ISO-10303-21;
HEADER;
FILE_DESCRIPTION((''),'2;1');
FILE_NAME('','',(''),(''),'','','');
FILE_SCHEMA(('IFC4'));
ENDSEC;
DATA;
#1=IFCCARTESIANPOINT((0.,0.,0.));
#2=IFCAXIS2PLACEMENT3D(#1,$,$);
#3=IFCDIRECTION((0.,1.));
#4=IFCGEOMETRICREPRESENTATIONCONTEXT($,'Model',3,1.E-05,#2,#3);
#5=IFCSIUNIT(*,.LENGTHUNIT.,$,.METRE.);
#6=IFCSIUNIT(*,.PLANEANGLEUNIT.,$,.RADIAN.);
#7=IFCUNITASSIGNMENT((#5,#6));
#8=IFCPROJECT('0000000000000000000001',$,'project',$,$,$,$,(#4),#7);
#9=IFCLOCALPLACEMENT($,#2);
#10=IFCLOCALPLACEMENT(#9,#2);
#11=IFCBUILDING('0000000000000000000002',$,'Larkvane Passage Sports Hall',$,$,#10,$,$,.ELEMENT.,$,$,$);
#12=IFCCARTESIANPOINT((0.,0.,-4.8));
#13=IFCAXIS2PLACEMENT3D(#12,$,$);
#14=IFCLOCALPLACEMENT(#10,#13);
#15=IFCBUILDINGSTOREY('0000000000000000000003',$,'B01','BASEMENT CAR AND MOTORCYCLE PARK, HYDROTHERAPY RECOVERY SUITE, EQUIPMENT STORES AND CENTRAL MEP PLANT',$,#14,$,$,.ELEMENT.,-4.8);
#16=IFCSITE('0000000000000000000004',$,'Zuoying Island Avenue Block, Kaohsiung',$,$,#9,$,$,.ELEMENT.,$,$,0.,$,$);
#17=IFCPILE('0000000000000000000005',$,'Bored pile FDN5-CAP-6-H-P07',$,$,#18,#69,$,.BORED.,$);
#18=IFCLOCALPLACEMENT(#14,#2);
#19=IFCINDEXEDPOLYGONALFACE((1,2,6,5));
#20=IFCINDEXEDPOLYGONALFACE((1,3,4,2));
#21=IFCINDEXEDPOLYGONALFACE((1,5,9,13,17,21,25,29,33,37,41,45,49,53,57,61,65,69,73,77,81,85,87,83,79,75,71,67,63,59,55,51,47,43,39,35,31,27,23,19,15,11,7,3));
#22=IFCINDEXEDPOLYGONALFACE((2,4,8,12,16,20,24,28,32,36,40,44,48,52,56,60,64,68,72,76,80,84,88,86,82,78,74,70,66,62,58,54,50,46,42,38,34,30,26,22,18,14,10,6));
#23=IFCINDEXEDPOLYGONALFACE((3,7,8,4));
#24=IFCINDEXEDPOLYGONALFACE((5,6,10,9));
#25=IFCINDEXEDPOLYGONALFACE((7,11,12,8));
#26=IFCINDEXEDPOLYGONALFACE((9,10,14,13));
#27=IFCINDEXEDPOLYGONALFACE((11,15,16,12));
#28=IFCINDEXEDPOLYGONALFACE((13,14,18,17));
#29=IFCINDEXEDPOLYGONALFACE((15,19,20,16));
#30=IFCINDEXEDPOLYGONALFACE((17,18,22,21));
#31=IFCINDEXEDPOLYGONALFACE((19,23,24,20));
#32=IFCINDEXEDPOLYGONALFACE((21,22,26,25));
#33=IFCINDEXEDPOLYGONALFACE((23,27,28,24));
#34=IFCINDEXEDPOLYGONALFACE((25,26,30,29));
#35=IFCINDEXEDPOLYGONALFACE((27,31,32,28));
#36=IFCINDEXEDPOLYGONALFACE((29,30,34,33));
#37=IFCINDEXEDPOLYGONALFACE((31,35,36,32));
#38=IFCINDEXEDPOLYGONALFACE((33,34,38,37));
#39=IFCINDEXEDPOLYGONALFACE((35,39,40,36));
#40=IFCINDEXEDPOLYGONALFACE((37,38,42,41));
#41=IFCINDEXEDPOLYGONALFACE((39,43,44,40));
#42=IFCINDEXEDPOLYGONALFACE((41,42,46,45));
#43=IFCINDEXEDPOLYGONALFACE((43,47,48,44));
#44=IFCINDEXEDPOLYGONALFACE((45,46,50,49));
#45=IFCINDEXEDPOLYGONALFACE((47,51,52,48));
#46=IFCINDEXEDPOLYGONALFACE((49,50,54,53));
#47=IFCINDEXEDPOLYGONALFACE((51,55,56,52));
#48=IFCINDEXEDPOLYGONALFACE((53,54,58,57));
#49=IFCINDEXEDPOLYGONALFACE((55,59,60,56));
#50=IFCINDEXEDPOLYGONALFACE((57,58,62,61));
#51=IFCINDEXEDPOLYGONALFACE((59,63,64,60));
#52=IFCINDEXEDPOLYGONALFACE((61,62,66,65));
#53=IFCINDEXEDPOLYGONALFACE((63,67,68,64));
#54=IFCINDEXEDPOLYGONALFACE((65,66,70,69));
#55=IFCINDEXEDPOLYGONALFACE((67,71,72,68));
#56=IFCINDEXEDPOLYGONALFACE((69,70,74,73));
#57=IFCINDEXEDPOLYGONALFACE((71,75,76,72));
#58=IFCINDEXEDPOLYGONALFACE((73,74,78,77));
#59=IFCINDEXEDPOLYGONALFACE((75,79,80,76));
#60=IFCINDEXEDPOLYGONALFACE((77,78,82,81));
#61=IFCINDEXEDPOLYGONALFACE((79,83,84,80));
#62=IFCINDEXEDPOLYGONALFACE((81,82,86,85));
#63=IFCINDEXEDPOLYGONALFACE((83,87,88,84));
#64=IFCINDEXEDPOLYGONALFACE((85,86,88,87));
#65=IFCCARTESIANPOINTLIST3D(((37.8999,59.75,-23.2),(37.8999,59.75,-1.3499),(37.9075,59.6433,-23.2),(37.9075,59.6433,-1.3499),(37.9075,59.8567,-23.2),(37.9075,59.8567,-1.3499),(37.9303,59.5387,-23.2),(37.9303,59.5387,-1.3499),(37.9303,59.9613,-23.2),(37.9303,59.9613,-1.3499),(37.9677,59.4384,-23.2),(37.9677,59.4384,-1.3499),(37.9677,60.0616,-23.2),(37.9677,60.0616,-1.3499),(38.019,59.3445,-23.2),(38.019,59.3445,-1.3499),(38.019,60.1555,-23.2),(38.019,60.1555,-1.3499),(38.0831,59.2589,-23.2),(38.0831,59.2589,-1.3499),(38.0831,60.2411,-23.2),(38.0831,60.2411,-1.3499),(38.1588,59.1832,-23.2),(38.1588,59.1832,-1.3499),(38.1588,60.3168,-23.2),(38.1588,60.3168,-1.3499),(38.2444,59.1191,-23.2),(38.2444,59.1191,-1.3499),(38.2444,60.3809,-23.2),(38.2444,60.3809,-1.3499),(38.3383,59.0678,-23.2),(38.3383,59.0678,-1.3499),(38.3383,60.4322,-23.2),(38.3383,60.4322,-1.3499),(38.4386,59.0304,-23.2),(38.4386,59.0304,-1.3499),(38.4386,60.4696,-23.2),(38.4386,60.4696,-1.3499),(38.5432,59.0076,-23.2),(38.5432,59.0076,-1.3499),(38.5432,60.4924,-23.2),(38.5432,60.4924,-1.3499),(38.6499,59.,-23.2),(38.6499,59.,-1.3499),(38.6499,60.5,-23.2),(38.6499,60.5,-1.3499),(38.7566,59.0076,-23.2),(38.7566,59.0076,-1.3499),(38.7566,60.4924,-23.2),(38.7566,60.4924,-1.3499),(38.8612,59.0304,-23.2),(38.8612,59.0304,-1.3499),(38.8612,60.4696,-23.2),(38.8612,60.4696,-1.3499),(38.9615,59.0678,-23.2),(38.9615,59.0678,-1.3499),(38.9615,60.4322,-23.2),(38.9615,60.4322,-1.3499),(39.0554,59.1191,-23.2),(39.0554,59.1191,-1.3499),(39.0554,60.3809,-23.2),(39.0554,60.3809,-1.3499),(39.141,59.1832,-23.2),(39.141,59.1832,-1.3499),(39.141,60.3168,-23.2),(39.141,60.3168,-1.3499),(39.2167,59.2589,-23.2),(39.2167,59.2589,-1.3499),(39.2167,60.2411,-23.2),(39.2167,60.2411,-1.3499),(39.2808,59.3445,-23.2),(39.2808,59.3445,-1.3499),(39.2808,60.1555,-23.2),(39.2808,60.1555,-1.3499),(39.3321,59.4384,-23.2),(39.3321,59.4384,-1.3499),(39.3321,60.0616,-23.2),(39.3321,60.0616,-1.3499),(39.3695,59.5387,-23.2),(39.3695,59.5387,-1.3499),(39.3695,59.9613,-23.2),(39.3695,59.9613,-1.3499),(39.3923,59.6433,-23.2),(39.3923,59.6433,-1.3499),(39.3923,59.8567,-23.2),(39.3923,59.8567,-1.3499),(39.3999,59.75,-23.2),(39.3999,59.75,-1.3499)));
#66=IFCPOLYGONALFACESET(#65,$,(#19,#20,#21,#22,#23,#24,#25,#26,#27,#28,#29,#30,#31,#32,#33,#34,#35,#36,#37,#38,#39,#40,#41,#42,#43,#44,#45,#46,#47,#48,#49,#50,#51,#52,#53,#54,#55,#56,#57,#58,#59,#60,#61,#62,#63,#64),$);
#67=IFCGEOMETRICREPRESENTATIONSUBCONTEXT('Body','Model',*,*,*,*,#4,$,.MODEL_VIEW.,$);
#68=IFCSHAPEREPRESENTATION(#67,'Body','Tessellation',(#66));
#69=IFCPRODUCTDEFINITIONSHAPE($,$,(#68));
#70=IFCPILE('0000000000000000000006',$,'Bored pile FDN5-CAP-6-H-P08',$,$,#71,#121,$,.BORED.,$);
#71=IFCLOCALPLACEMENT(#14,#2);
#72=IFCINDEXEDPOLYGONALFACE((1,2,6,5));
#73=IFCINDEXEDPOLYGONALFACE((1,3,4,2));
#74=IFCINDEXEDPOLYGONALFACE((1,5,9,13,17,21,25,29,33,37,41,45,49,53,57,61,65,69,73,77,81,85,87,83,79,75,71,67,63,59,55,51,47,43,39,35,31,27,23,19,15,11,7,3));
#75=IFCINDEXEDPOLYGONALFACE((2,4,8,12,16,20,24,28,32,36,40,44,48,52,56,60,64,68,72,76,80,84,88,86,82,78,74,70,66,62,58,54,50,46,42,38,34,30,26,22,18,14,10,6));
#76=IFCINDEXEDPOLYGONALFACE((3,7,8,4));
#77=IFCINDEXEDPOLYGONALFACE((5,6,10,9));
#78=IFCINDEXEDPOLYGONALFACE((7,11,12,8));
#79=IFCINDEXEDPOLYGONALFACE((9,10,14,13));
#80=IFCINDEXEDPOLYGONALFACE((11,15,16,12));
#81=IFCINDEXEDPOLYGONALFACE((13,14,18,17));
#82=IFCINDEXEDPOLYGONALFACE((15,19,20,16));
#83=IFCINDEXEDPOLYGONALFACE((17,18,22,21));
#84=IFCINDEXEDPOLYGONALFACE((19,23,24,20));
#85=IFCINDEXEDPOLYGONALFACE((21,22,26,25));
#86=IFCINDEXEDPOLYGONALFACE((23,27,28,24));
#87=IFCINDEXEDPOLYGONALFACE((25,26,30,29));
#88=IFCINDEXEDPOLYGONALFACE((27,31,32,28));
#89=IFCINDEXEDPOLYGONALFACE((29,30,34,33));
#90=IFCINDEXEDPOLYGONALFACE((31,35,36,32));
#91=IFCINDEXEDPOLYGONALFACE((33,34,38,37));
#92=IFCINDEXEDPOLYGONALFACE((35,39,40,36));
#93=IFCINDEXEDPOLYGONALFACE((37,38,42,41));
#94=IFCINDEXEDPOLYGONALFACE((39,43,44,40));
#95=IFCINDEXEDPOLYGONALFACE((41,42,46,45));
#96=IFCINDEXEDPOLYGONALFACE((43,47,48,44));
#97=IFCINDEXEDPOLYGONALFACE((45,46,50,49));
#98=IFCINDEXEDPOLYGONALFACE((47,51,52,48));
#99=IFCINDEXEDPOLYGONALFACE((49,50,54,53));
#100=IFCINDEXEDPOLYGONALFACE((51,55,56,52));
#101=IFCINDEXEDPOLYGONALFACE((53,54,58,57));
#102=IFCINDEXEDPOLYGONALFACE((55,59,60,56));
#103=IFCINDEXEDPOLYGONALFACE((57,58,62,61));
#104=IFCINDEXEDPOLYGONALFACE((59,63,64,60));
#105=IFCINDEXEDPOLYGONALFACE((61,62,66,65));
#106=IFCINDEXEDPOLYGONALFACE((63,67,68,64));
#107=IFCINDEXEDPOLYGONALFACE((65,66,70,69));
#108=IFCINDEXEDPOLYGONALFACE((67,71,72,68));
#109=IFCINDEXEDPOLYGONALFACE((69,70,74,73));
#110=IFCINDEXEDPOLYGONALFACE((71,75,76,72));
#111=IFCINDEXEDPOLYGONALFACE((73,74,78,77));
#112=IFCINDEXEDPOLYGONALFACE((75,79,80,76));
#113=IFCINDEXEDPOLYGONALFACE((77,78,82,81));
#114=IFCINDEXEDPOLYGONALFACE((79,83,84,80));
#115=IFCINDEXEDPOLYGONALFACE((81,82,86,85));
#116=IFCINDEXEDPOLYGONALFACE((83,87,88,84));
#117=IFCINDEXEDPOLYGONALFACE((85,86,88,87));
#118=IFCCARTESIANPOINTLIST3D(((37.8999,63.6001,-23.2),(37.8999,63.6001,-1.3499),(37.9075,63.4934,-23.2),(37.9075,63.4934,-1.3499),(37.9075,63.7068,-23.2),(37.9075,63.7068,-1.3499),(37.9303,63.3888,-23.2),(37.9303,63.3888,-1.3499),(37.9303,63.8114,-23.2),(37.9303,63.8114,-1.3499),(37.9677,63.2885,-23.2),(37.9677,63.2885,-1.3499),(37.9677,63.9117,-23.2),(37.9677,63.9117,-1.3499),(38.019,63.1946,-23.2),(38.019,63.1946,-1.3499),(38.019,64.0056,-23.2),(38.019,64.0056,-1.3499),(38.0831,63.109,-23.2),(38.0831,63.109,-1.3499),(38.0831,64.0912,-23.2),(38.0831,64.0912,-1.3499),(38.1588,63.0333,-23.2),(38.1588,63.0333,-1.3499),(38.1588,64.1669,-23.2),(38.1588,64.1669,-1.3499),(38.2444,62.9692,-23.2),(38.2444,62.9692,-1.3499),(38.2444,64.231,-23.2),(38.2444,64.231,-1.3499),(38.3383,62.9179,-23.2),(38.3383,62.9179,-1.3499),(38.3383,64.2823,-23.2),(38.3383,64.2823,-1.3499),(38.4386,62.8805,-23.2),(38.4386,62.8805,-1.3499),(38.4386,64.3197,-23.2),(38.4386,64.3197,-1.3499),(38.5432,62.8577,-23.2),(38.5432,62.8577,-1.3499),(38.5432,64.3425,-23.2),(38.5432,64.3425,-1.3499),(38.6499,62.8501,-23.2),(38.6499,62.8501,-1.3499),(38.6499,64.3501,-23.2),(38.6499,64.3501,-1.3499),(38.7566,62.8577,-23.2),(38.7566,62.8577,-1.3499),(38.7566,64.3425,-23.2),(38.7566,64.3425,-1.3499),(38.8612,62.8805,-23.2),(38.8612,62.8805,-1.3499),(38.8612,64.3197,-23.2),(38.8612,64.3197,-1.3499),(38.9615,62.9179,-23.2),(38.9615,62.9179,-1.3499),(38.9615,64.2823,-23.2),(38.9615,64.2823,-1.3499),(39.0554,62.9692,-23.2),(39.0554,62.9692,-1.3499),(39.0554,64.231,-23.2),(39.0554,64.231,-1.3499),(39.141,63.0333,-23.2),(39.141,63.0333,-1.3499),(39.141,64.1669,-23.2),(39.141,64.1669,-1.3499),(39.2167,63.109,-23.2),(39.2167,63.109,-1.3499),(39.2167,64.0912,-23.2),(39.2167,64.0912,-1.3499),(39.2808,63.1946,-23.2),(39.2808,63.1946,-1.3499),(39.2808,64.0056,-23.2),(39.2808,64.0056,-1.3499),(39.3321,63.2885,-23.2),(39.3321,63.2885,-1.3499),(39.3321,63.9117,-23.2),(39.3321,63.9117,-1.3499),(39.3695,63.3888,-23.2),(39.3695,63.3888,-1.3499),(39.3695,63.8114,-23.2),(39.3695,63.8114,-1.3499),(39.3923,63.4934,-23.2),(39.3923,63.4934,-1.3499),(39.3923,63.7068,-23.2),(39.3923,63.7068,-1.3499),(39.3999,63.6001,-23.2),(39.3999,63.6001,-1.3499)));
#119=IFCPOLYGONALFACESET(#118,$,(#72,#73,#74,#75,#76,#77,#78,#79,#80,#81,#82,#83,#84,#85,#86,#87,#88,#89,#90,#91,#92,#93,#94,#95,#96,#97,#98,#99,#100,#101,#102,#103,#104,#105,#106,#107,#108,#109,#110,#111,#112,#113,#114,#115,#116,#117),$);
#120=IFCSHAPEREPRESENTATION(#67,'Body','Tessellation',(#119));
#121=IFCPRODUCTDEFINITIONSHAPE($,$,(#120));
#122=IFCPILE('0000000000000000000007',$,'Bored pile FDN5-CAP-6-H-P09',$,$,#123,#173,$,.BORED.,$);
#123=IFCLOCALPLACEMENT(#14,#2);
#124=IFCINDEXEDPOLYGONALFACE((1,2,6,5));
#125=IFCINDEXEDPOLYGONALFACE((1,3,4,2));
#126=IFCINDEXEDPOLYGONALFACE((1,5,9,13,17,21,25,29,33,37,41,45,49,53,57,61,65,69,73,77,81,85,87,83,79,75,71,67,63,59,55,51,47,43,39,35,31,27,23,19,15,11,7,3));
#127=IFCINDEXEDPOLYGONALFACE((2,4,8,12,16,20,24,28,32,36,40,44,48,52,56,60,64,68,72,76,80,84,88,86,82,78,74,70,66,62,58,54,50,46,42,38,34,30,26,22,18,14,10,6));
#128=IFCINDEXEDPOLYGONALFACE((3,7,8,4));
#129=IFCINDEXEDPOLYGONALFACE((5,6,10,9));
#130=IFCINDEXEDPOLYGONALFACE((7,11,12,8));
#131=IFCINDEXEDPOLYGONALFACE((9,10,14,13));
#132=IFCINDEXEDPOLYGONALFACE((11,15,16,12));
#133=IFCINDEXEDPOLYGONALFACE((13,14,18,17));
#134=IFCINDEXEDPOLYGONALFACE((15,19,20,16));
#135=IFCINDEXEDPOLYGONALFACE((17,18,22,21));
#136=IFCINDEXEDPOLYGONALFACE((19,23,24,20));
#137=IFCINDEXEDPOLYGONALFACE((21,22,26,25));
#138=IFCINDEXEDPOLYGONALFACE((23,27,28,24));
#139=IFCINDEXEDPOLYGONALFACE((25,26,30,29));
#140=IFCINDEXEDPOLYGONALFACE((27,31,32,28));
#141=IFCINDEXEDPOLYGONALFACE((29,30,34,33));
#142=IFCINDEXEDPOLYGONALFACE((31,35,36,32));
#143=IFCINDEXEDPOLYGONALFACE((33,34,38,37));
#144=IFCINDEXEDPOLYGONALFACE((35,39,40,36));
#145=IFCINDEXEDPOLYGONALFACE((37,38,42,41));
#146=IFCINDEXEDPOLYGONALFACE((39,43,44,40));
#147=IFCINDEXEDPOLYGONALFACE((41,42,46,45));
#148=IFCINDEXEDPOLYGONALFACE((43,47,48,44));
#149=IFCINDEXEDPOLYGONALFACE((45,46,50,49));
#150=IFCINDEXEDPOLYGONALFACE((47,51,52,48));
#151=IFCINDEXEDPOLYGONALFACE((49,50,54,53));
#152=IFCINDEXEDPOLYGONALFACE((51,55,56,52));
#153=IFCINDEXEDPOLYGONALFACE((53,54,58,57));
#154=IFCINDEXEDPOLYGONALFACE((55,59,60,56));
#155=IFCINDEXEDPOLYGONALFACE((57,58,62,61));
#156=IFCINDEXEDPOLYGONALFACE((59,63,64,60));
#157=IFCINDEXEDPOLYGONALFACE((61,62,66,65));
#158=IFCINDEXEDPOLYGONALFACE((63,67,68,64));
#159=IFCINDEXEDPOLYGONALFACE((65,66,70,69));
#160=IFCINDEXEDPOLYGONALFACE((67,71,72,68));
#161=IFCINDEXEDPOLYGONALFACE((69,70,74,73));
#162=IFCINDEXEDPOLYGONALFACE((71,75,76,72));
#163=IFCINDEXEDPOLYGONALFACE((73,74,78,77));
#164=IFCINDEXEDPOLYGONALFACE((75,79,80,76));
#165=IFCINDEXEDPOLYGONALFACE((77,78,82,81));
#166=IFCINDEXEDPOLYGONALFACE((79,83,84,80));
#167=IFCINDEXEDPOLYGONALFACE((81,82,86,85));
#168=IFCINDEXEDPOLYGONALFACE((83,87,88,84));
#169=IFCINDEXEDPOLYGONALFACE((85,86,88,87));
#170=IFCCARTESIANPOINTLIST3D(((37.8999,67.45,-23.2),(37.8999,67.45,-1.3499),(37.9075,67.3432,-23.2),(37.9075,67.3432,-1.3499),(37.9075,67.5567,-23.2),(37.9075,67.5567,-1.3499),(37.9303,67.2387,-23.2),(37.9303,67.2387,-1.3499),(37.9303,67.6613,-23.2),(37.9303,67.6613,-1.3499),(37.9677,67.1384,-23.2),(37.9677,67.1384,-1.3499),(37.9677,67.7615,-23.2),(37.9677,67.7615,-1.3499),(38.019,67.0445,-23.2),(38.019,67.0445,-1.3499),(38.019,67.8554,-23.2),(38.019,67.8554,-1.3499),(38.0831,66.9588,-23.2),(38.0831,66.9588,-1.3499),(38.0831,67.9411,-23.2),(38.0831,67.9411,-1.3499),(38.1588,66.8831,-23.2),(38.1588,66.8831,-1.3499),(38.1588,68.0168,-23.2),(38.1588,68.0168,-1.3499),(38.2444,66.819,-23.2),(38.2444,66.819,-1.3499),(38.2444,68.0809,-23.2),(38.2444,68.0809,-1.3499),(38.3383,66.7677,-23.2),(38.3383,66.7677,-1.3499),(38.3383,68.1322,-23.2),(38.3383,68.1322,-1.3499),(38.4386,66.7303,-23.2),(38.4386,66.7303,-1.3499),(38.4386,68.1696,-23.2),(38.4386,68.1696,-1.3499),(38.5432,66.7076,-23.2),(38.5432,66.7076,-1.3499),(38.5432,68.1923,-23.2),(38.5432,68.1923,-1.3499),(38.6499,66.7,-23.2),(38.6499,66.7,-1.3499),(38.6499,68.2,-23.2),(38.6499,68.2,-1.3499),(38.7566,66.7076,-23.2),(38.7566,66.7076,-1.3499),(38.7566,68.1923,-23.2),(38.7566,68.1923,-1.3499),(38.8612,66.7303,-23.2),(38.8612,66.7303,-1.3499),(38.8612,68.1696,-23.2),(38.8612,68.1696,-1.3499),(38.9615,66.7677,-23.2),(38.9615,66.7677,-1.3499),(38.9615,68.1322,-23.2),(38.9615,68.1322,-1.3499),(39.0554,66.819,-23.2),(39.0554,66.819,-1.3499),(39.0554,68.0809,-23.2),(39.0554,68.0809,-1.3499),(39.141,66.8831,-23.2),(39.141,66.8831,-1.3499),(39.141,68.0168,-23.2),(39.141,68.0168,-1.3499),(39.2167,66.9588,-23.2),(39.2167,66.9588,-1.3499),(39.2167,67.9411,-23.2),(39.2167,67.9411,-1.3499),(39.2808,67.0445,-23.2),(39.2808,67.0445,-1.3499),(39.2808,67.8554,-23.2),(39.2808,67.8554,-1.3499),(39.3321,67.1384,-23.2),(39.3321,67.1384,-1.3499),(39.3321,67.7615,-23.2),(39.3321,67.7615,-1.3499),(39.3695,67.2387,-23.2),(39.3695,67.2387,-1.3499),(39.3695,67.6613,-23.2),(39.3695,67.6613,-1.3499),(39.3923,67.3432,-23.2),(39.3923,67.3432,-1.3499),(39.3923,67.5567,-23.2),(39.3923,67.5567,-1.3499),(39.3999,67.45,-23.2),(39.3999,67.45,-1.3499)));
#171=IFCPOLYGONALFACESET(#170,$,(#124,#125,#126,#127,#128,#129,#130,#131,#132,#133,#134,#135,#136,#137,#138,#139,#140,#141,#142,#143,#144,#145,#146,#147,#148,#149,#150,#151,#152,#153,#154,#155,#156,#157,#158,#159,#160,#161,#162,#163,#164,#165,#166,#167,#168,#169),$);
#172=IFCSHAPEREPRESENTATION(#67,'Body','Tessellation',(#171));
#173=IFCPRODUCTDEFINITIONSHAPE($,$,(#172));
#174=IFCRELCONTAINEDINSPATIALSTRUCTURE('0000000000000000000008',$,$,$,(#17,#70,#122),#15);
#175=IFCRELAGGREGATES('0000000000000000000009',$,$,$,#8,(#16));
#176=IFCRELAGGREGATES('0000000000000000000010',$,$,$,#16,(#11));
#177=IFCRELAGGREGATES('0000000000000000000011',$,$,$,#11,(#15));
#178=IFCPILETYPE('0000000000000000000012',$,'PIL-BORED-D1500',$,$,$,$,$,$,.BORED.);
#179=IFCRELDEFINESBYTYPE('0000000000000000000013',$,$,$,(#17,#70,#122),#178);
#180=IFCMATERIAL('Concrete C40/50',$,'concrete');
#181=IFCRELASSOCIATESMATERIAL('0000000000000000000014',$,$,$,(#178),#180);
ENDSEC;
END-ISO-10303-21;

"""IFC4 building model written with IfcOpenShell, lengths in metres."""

from ifc_helpers import new_model, si_unit, direction, frame, origin, origin_2d, place, context, subcontext, project, spatial, circle, extrude, material, material_profile, profile_set, type_object, element, save


model = new_model("IFC4")

# Units and contexts
model_context = context("Model", 3, precision=1e-05, world=origin(), true_north=direction((0.0, 1.0)))
body_context = subcontext(model_context, "Body", "Model", "MODEL_VIEW")
ifc_project = project(units=[si_unit("LENGTHUNIT", "METRE"), si_unit("PLANEANGLEUNIT", "RADIAN")], contexts=[model_context])

# Site, building, storey
site_placement = place(None, origin())
site = spatial("IfcSite", under=ifc_project, at=site_placement, Name="Zuoying Island Avenue Block, Kaohsiung", CompositionType="ELEMENT", RefElevation=0.0)
building_placement = place(site_placement, origin())
building = spatial("IfcBuilding", under=site, at=building_placement, Name="Larkvane Passage Sports Hall", CompositionType="ELEMENT")
storey_placement = place(building_placement, frame((0.0, 0.0, -4.8)))
storey = spatial("IfcBuildingStorey", under=building, at=storey_placement, Name="B01", Description="BASEMENT CAR AND MOTORCYCLE PARK, HYDROTHERAPY RECOVERY SUITE, EQUIPMENT STORES AND CENTRAL MEP PLANT", CompositionType="ELEMENT", Elevation=-4.8)

# Shared definitions
ifc_material_1 = material(Name="Concrete C40/50", Category="concrete")

# Piles
ifc_material_profile_1 = material_profile(ifc_material_1, circle(Radius=0.75, at=origin_2d()), Name="PILE-D1500")
ifc_profile_set_1 = profile_set([ifc_material_profile_1], Name="Concrete C40/50")
pile_type_1 = type_object("IfcPileType", Name="PIL-BORED-D1500", PredefinedType="BORED", material=ifc_profile_set_1)
for number, where, z_axis, x_axis, name in (
    (1, (38.6499, 59.75, -1.3499), (0.0, 0.0, -1.0), (1.0, 0.0, 0.0), "Bored pile FDN5-CAP-6-H-P07"),
    (2, (38.6499, 63.6001, -1.3499), (0.0, 0.0, -1.0), (1.0, 0.0, 0.0), "Bored pile FDN5-CAP-6-H-P08"),
    (3, (38.6499, 67.45, -1.3499), (0.0, 0.0, -1.0), (1.0, 0.0, 0.0), "Bored pile FDN5-CAP-6-H-P09"),
):
    element("IfcPile", number, at=place(storey_placement, frame(where, z_axis=z_axis, x_axis=x_axis)), inside=storey, type_object=pile_type_1, Name=name, PredefinedType="BORED", context=body_context, shape_type="SweptSolid", body=[
        extrude(circle(Radius=0.75, at=origin_2d()), origin(), (0.0, 0.0, 1.0), 21.8501),
    ])

save(model, "model.ifc")
